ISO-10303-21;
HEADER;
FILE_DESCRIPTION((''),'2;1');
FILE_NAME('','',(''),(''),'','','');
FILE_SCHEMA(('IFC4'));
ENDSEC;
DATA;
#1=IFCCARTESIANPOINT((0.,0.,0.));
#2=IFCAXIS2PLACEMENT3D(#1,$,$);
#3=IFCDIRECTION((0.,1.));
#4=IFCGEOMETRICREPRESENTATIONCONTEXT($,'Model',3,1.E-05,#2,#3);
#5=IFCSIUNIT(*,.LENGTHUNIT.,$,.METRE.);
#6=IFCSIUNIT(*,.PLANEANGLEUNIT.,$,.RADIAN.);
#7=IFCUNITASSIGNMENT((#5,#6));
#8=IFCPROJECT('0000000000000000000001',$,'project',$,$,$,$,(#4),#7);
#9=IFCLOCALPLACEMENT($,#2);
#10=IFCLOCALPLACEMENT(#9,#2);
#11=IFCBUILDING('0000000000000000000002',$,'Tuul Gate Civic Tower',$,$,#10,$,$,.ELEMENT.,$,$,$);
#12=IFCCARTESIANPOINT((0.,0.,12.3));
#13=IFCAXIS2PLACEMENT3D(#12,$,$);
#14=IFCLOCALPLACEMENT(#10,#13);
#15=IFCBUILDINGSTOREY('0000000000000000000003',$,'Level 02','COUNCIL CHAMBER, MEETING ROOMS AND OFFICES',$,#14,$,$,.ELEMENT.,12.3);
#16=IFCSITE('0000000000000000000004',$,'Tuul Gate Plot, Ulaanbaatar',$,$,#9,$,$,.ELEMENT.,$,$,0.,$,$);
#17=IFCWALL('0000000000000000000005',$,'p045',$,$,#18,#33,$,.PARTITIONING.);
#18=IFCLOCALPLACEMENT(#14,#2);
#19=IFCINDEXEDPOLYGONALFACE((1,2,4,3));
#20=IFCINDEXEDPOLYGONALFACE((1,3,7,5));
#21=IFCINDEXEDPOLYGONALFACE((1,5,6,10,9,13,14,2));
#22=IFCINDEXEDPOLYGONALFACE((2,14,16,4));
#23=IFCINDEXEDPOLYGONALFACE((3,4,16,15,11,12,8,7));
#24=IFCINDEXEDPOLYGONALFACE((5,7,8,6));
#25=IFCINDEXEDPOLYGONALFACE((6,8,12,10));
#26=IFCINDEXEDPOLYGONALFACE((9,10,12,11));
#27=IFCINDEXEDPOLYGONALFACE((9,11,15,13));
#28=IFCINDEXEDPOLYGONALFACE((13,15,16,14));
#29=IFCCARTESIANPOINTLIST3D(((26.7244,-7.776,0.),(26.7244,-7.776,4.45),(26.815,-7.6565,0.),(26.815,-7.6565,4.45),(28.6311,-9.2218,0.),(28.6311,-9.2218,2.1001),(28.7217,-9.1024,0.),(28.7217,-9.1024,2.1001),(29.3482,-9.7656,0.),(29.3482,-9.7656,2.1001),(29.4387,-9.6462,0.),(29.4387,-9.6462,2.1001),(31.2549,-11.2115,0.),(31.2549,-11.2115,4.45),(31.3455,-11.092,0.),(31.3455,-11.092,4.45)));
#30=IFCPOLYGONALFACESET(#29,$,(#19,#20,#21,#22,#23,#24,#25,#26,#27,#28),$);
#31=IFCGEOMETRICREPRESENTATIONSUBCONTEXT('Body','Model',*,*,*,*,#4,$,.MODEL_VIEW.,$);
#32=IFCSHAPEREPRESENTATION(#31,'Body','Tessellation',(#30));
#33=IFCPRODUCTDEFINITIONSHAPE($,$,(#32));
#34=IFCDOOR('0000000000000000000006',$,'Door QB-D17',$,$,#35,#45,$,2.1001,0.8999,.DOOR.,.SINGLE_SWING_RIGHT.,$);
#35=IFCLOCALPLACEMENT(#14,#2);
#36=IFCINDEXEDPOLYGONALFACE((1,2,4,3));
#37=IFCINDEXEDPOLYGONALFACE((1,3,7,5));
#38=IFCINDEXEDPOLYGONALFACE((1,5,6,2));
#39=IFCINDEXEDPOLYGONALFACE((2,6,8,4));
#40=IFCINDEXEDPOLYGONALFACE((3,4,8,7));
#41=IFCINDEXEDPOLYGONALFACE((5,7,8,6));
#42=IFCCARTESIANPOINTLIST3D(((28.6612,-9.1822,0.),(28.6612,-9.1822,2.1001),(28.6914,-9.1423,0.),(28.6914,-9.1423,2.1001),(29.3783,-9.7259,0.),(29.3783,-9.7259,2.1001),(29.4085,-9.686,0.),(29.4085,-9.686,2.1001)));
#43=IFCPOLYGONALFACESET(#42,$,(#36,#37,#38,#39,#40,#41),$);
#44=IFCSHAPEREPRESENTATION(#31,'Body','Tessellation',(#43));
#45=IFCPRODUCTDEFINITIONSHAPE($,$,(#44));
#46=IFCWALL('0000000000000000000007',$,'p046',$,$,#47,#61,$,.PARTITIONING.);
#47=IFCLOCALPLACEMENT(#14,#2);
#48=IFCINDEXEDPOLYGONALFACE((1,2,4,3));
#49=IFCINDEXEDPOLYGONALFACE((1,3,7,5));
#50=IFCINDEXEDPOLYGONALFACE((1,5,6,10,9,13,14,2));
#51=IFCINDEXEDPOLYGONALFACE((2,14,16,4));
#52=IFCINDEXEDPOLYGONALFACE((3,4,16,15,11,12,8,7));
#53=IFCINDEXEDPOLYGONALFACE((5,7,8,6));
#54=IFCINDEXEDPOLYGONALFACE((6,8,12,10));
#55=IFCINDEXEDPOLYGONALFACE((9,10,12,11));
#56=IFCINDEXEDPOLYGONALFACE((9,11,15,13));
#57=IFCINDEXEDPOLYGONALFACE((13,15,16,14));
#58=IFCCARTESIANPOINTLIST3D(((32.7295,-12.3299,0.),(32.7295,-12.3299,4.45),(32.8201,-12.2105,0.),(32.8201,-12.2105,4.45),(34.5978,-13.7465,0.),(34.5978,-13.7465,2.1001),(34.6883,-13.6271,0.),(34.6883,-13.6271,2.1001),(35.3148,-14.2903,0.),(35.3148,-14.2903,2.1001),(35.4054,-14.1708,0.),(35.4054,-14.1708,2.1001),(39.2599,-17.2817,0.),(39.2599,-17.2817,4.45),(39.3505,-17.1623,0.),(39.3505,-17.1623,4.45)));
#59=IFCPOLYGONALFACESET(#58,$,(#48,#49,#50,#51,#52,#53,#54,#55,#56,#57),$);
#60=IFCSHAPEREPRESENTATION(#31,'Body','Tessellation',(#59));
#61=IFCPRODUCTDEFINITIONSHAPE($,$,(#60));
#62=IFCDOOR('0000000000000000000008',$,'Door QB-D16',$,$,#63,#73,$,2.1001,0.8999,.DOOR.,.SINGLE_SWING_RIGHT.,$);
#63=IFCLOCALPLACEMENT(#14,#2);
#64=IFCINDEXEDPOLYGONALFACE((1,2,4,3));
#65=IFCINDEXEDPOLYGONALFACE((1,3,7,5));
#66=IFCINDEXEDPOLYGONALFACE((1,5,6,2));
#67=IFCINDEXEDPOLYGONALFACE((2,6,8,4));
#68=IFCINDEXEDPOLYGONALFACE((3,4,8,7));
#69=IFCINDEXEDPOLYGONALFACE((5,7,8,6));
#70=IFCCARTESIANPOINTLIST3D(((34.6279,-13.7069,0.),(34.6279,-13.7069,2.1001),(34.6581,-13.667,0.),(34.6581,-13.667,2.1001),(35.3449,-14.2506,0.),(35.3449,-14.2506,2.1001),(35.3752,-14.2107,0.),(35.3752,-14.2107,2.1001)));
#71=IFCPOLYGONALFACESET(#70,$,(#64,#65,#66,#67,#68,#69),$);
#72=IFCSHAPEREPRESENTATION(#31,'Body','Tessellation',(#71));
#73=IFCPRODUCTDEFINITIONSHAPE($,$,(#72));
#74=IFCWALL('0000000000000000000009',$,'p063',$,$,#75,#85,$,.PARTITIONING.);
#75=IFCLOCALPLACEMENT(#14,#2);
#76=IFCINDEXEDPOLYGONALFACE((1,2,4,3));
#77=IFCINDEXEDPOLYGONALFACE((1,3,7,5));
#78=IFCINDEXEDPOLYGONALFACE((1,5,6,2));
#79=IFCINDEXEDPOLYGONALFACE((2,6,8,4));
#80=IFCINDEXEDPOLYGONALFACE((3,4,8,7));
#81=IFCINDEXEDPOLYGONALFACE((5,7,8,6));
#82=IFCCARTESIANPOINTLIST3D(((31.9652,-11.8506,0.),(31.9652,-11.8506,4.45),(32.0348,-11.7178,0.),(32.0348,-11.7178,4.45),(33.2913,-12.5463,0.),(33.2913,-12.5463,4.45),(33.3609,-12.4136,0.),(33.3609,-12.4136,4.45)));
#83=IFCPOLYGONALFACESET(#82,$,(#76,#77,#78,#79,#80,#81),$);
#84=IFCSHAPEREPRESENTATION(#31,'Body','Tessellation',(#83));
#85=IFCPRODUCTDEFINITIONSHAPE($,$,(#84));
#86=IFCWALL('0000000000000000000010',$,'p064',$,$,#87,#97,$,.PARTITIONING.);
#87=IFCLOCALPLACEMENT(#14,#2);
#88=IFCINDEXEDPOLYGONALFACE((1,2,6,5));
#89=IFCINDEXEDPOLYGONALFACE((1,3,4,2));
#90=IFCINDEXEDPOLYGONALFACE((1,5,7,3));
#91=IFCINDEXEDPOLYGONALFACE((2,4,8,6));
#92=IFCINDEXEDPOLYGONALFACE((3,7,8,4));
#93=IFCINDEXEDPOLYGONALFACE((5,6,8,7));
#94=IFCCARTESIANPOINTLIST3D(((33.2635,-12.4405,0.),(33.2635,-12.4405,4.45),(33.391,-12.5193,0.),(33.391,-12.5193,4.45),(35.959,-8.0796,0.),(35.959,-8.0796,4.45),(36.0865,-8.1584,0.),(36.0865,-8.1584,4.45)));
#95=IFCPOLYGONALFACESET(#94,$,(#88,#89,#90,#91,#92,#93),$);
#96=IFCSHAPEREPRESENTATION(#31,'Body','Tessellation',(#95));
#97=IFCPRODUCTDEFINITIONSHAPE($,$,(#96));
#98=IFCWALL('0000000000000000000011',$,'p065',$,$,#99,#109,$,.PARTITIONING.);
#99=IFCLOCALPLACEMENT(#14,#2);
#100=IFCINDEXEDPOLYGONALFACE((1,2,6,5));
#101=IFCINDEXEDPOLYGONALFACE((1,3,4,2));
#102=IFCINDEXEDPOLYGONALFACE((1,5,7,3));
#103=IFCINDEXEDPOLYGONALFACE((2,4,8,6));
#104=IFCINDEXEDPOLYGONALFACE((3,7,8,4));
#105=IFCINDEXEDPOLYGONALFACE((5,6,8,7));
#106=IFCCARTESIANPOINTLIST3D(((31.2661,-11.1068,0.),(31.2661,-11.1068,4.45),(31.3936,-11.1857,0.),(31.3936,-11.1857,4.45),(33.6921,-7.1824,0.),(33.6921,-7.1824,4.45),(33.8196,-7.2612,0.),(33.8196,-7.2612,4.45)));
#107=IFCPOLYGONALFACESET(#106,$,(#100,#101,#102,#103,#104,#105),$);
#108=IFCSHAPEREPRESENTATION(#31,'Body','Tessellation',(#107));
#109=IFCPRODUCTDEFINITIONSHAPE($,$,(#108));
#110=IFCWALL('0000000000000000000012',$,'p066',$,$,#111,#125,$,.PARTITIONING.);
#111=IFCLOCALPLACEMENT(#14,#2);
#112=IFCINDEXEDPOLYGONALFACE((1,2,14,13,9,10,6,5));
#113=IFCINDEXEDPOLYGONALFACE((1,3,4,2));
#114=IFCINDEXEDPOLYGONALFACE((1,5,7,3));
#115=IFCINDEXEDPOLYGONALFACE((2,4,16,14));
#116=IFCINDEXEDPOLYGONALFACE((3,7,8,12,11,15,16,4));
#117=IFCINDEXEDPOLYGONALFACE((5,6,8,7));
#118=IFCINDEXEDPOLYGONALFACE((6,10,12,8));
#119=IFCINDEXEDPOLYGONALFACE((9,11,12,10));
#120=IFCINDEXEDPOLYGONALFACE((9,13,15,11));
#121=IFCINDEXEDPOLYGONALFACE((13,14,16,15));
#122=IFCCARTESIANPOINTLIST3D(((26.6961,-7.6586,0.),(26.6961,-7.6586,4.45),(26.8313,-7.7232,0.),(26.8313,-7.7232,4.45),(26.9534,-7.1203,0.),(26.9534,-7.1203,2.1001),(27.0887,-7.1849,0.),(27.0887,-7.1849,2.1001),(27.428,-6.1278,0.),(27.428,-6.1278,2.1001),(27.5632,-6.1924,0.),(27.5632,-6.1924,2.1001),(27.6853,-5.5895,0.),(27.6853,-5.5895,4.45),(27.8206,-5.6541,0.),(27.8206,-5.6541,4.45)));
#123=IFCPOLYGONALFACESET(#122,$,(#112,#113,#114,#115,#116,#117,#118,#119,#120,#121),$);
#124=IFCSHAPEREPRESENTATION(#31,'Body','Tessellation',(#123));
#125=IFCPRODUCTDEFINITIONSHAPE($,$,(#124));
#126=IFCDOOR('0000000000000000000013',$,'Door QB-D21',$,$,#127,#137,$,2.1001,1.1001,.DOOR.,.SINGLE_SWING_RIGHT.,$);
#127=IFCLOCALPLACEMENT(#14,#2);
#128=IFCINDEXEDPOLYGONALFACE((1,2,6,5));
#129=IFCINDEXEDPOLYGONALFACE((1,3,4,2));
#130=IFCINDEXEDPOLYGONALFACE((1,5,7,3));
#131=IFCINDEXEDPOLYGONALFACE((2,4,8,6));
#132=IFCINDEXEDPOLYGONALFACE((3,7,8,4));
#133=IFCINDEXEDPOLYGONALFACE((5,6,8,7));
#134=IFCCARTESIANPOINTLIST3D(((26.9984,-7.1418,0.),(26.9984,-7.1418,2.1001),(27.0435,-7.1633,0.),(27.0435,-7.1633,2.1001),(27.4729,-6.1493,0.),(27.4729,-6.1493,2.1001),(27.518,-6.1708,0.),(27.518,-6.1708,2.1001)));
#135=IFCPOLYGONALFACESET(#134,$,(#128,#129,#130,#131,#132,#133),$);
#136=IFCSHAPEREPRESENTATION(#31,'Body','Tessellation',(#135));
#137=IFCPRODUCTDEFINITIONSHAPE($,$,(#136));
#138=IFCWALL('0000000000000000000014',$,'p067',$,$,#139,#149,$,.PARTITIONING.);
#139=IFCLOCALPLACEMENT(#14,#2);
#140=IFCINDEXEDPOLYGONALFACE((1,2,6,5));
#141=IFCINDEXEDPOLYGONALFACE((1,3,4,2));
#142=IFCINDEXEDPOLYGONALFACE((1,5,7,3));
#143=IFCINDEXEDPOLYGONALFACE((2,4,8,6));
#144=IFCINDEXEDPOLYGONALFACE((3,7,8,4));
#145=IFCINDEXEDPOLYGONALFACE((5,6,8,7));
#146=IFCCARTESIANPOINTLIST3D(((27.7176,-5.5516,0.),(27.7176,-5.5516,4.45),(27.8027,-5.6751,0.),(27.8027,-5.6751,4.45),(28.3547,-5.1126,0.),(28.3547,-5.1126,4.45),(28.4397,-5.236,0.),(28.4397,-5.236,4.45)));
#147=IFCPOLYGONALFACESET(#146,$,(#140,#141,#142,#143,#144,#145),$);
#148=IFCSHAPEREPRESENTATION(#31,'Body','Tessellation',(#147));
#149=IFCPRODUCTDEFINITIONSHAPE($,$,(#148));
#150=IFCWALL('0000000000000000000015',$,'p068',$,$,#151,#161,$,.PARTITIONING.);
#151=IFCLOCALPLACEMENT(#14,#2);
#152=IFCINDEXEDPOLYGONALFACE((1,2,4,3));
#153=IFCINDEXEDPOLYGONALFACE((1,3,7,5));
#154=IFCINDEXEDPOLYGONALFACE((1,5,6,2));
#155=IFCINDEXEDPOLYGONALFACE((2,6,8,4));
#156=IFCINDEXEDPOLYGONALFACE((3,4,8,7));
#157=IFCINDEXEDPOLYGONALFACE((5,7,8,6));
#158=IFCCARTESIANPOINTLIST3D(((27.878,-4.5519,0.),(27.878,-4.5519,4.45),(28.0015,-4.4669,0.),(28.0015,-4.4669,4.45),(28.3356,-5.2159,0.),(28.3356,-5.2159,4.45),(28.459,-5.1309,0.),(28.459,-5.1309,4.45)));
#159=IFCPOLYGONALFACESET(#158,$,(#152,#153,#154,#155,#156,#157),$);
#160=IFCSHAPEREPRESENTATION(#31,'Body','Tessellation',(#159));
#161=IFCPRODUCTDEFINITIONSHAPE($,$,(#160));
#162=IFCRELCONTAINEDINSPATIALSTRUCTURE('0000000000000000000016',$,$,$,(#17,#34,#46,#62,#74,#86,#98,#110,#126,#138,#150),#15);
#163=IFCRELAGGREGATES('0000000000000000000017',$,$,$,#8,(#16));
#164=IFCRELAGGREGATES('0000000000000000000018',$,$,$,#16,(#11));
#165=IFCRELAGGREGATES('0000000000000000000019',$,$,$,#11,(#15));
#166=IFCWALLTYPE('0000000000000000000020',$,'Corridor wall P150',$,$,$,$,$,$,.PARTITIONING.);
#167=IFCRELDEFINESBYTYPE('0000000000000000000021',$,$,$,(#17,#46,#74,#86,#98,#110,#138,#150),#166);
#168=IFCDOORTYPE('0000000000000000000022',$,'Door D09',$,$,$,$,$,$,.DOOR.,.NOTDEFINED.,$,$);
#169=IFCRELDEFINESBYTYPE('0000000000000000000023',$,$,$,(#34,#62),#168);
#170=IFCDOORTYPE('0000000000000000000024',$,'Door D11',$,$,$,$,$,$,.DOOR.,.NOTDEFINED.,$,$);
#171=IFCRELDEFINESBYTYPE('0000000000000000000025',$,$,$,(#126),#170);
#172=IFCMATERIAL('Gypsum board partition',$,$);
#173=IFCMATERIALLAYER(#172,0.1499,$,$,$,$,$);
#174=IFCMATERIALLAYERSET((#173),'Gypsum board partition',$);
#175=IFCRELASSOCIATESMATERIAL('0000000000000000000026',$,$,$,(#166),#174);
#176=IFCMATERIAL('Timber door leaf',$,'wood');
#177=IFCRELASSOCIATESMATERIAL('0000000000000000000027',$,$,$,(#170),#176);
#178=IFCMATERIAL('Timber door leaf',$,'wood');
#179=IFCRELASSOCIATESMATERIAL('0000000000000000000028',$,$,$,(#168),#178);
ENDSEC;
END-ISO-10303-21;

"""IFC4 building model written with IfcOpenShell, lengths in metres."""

from ifc_helpers import new_model, si_unit, direction, frame, frame_2d, origin, place, context, subcontext, project, spatial, rectangle, extrude, material, layer, layer_set, type_object, element, fill, save


model = new_model("IFC4")

# Units and contexts
model_context = context("Model", 3, precision=1e-05, world=origin(), true_north=direction((0.0, 1.0)))
body_context = subcontext(model_context, "Body", "Model", "MODEL_VIEW")
ifc_project = project(units=[si_unit("LENGTHUNIT", "METRE"), si_unit("PLANEANGLEUNIT", "RADIAN")], contexts=[model_context])

# Site, building, storey
site_placement = place(None, origin())
site = spatial("IfcSite", under=ifc_project, at=site_placement, Name="Tuul Gate Plot, Ulaanbaatar", CompositionType="ELEMENT", RefElevation=0.0)
building_placement = place(site_placement, origin())
building = spatial("IfcBuilding", under=site, at=building_placement, Name="Tuul Gate Civic Tower", CompositionType="ELEMENT")
storey_placement = place(building_placement, frame((0.0, 0.0, 12.3)))
storey = spatial("IfcBuildingStorey", under=building, at=storey_placement, Name="Level 02", Description="COUNCIL CHAMBER, MEETING ROOMS AND OFFICES", CompositionType="ELEMENT", Elevation=12.3)

# Shared definitions
ifc_material_1 = material(Name="Gypsum board partition")
ifc_layer_1 = layer(ifc_material_1, 0.1499)
ifc_layer_set_1 = layer_set([ifc_layer_1], Name="Gypsum board partition")
wall_type_1 = type_object("IfcWallType", Name="Corridor wall P150", PredefinedType="PARTITIONING", material=ifc_layer_set_1)

# Shared definitions
ifc_material_2 = material(Name="Timber door leaf", Category="wood")
door_type_1 = type_object("IfcDoorType", Name="Door D11", OperationType="NOTDEFINED", PredefinedType="DOOR", material=ifc_material_2)

# Walls, openings, doors
wall_1_placement = place(storey_placement, frame((26.7698, -7.7163, 0.0), z_axis=(0.0, 0.0, 1.0), x_axis=(0.79681, -0.60423, 0.0)))
wall_1 = element("IfcWall", 1, at=wall_1_placement, inside=storey, type_object=wall_type_1, Name="p045", PredefinedType="PARTITIONING", context=body_context, shape_type="SweptSolid", body=[
    extrude(rectangle(XDim=5.6858, YDim=0.1499, at=frame_2d((2.8428, 0.0))), origin(), (0.0, 0.0, 1.0), 4.45),
])
opening_1_placement = place(wall_1_placement, frame((2.3928, 0.0, 0.0)))
opening_1 = element("IfcOpeningElement", 2, at=opening_1_placement, cuts=wall_1, PredefinedType="OPENING", context=body_context, shape_type="SweptSolid", body=[
    extrude(rectangle(XDim=0.8999, YDim=2.1001, at=frame_2d((0.45, 1.05))), frame((0.0, 0.085, 0.0), z_axis=(0.0, -1.0, 0.0), x_axis=(1.0, 0.0, 0.0)), (0.0, 0.0, 1.0), 0.1699),
])
ifc_material_3 = material(Name="Timber door leaf", Category="wood")
door_type_2 = type_object("IfcDoorType", Name="Door D09", OperationType="NOTDEFINED", PredefinedType="DOOR", material=ifc_material_3)
door_1_placement = place(opening_1_placement, origin())
door_1 = element("IfcDoor", 3, at=door_1_placement, inside=storey, type_object=door_type_2, Name="Door QB-D17", OperationType="SINGLE_SWING_RIGHT", OverallHeight=2.1001, OverallWidth=0.8999, PredefinedType="DOOR", context=body_context, shape_type="SweptSolid", body=[
    extrude(rectangle(XDim=0.8999, YDim=2.1001, at=frame_2d((0.45, 1.05))), frame((0.0, 0.0249, 0.0), z_axis=(0.0, -1.0, 0.0), x_axis=(1.0, 0.0, 0.0)), (0.0, 0.0, 1.0), 0.05),
])
fill(opening_1, door_1)
wall_2_placement = place(storey_placement, frame((32.7749, -12.2703, 0.0), z_axis=(0.0, 0.0, 1.0), x_axis=(0.796825, -0.60421, 0.0)))
wall_2 = element("IfcWall", 4, at=wall_2_placement, inside=storey, type_object=wall_type_1, Name="p046", PredefinedType="PARTITIONING", context=body_context, shape_type="SweptSolid", body=[
    extrude(rectangle(XDim=8.1956, YDim=0.1499, at=frame_2d((4.0977, 0.0))), origin(), (0.0, 0.0, 1.0), 4.45),
])
opening_2_placement = place(wall_2_placement, frame((2.3445, 0.0, 0.0)))
opening_2 = element("IfcOpeningElement", 5, at=opening_2_placement, cuts=wall_2, PredefinedType="OPENING", context=body_context, shape_type="SweptSolid", body=[
    extrude(rectangle(XDim=0.8999, YDim=2.1001, at=frame_2d((0.45, 1.05))), frame((0.0, 0.085, 0.0), z_axis=(0.0, -1.0, 0.0), x_axis=(1.0, 0.0, 0.0)), (0.0, 0.0, 1.0), 0.1699),
])
door_2_placement = place(opening_2_placement, origin())
door_2 = element("IfcDoor", 6, at=door_2_placement, inside=storey, type_object=door_type_2, Name="Door QB-D16", OperationType="SINGLE_SWING_RIGHT", OverallHeight=2.1001, OverallWidth=0.8999, PredefinedType="DOOR", context=body_context, shape_type="SweptSolid", body=[
    extrude(rectangle(XDim=0.8999, YDim=2.1001, at=frame_2d((0.45, 1.05))), frame((0.0, 0.0249, 0.0), z_axis=(0.0, -1.0, 0.0), x_axis=(1.0, 0.0, 0.0)), (0.0, 0.0, 1.0), 0.05),
])
fill(opening_2, door_2)

# Walls
wall_3_placement = place(storey_placement, frame((32.0, -11.7842, 0.0), z_axis=(0.0, 0.0, 1.0), x_axis=(0.885519, -0.464604, 0.0)))
element("IfcWall", 7, at=wall_3_placement, inside=storey, type_object=wall_type_1, Name="p063", PredefinedType="PARTITIONING", context=body_context, shape_type="SweptSolid", body=[
    extrude(rectangle(XDim=1.4976, YDim=0.1499, at=frame_2d((0.7488, 0.0))), origin(), (0.0, 0.0, 1.0), 4.45),
])
wall_4_placement = place(storey_placement, frame((33.3271, -12.48, 0.0), z_axis=(0.0, 0.0, 1.0), x_axis=(0.525789, 0.850615, 0.0)))
element("IfcWall", 8, at=wall_4_placement, inside=storey, type_object=wall_type_1, Name="p064", PredefinedType="PARTITIONING", context=body_context, shape_type="SweptSolid", body=[
    extrude(rectangle(XDim=5.1267, YDim=0.1499, at=frame_2d((2.5635, 0.0))), origin(), (0.0, 0.0, 1.0), 4.45),
])
wall_5_placement = place(storey_placement, frame((31.3298, -11.1462, 0.0), z_axis=(0.0, 0.0, 1.0), x_axis=(0.525812, 0.850601, 0.0)))
element("IfcWall", 9, at=wall_5_placement, inside=storey, type_object=wall_type_1, Name="p065", PredefinedType="PARTITIONING", context=body_context, shape_type="SweptSolid", body=[
    extrude(rectangle(XDim=4.6138, YDim=0.1499, at=frame_2d((2.3069, 0.0))), origin(), (0.0, 0.0, 1.0), 4.45),
])

# Wall, opening, door
wall_6_placement = place(storey_placement, frame((26.7637, -7.6909, 0.0), z_axis=(0.0, 0.0, 1.0), x_axis=(0.431346, 0.902186, 0.0)))
wall_6 = element("IfcWall", 10, at=wall_6_placement, inside=storey, type_object=wall_type_1, Name="p066", PredefinedType="PARTITIONING", context=body_context, shape_type="SweptSolid", body=[
    extrude(rectangle(XDim=2.2935, YDim=0.1499, at=frame_2d((1.1467, 0.0))), origin(), (0.0, 0.0, 1.0), 4.45),
])
opening_3_placement = place(wall_6_placement, frame((0.5967, 0.0, 0.0)))
opening_3 = element("IfcOpeningElement", 11, at=opening_3_placement, cuts=wall_6, PredefinedType="OPENING", context=body_context, shape_type="SweptSolid", body=[
    extrude(rectangle(XDim=1.1001, YDim=2.1001, at=frame_2d((0.55, 1.05))), frame((0.0, 0.085, 0.0), z_axis=(0.0, -1.0, 0.0), x_axis=(1.0, 0.0, 0.0)), (0.0, 0.0, 1.0), 0.1699),
])
door_3_placement = place(opening_3_placement, frame((1.1001, 0.0, 0.0), z_axis=(0.0, 0.0, 1.0), x_axis=(-1.0, 0.0, 0.0)))
door_3 = element("IfcDoor", 12, at=door_3_placement, inside=storey, type_object=door_type_1, Name="Door QB-D21", OperationType="SINGLE_SWING_RIGHT", OverallHeight=2.1001, OverallWidth=1.1001, PredefinedType="DOOR", context=body_context, shape_type="SweptSolid", body=[
    extrude(rectangle(XDim=1.1001, YDim=2.1001, at=frame_2d((0.55, 1.05))), frame((0.0, 0.0249, 0.0), z_axis=(0.0, -1.0, 0.0), x_axis=(1.0, 0.0, 0.0)), (0.0, 0.0, 1.0), 0.05),
])
fill(opening_3, door_3)

# Walls
wall_7_placement = place(storey_placement, frame((27.7603, -5.6133, 0.0), z_axis=(0.0, 0.0, 1.0), x_axis=(0.823406, 0.567453, 0.0)))
element("IfcWall", 13, at=wall_7_placement, inside=storey, type_object=wall_type_1, Name="p067", PredefinedType="PARTITIONING", context=body_context, shape_type="SweptSolid", body=[
    extrude(rectangle(XDim=0.7737, YDim=0.1499, at=frame_2d((0.3867, 0.0))), origin(), (0.0, 0.0, 1.0), 4.45),
])
wall_8_placement = place(storey_placement, frame((27.9397, -4.5093, 0.0), z_axis=(0.0, 0.0, 1.0), x_axis=(0.567351, -0.823476, 0.0)))
element("IfcWall", 14, at=wall_8_placement, inside=storey, type_object=wall_type_1, Name="p068", PredefinedType="PARTITIONING", context=body_context, shape_type="SweptSolid", body=[
    extrude(rectangle(XDim=0.8064, YDim=0.1499, at=frame_2d((0.4033, 0.0))), origin(), (0.0, 0.0, 1.0), 4.45),
])

save(model, "model.ifc")
